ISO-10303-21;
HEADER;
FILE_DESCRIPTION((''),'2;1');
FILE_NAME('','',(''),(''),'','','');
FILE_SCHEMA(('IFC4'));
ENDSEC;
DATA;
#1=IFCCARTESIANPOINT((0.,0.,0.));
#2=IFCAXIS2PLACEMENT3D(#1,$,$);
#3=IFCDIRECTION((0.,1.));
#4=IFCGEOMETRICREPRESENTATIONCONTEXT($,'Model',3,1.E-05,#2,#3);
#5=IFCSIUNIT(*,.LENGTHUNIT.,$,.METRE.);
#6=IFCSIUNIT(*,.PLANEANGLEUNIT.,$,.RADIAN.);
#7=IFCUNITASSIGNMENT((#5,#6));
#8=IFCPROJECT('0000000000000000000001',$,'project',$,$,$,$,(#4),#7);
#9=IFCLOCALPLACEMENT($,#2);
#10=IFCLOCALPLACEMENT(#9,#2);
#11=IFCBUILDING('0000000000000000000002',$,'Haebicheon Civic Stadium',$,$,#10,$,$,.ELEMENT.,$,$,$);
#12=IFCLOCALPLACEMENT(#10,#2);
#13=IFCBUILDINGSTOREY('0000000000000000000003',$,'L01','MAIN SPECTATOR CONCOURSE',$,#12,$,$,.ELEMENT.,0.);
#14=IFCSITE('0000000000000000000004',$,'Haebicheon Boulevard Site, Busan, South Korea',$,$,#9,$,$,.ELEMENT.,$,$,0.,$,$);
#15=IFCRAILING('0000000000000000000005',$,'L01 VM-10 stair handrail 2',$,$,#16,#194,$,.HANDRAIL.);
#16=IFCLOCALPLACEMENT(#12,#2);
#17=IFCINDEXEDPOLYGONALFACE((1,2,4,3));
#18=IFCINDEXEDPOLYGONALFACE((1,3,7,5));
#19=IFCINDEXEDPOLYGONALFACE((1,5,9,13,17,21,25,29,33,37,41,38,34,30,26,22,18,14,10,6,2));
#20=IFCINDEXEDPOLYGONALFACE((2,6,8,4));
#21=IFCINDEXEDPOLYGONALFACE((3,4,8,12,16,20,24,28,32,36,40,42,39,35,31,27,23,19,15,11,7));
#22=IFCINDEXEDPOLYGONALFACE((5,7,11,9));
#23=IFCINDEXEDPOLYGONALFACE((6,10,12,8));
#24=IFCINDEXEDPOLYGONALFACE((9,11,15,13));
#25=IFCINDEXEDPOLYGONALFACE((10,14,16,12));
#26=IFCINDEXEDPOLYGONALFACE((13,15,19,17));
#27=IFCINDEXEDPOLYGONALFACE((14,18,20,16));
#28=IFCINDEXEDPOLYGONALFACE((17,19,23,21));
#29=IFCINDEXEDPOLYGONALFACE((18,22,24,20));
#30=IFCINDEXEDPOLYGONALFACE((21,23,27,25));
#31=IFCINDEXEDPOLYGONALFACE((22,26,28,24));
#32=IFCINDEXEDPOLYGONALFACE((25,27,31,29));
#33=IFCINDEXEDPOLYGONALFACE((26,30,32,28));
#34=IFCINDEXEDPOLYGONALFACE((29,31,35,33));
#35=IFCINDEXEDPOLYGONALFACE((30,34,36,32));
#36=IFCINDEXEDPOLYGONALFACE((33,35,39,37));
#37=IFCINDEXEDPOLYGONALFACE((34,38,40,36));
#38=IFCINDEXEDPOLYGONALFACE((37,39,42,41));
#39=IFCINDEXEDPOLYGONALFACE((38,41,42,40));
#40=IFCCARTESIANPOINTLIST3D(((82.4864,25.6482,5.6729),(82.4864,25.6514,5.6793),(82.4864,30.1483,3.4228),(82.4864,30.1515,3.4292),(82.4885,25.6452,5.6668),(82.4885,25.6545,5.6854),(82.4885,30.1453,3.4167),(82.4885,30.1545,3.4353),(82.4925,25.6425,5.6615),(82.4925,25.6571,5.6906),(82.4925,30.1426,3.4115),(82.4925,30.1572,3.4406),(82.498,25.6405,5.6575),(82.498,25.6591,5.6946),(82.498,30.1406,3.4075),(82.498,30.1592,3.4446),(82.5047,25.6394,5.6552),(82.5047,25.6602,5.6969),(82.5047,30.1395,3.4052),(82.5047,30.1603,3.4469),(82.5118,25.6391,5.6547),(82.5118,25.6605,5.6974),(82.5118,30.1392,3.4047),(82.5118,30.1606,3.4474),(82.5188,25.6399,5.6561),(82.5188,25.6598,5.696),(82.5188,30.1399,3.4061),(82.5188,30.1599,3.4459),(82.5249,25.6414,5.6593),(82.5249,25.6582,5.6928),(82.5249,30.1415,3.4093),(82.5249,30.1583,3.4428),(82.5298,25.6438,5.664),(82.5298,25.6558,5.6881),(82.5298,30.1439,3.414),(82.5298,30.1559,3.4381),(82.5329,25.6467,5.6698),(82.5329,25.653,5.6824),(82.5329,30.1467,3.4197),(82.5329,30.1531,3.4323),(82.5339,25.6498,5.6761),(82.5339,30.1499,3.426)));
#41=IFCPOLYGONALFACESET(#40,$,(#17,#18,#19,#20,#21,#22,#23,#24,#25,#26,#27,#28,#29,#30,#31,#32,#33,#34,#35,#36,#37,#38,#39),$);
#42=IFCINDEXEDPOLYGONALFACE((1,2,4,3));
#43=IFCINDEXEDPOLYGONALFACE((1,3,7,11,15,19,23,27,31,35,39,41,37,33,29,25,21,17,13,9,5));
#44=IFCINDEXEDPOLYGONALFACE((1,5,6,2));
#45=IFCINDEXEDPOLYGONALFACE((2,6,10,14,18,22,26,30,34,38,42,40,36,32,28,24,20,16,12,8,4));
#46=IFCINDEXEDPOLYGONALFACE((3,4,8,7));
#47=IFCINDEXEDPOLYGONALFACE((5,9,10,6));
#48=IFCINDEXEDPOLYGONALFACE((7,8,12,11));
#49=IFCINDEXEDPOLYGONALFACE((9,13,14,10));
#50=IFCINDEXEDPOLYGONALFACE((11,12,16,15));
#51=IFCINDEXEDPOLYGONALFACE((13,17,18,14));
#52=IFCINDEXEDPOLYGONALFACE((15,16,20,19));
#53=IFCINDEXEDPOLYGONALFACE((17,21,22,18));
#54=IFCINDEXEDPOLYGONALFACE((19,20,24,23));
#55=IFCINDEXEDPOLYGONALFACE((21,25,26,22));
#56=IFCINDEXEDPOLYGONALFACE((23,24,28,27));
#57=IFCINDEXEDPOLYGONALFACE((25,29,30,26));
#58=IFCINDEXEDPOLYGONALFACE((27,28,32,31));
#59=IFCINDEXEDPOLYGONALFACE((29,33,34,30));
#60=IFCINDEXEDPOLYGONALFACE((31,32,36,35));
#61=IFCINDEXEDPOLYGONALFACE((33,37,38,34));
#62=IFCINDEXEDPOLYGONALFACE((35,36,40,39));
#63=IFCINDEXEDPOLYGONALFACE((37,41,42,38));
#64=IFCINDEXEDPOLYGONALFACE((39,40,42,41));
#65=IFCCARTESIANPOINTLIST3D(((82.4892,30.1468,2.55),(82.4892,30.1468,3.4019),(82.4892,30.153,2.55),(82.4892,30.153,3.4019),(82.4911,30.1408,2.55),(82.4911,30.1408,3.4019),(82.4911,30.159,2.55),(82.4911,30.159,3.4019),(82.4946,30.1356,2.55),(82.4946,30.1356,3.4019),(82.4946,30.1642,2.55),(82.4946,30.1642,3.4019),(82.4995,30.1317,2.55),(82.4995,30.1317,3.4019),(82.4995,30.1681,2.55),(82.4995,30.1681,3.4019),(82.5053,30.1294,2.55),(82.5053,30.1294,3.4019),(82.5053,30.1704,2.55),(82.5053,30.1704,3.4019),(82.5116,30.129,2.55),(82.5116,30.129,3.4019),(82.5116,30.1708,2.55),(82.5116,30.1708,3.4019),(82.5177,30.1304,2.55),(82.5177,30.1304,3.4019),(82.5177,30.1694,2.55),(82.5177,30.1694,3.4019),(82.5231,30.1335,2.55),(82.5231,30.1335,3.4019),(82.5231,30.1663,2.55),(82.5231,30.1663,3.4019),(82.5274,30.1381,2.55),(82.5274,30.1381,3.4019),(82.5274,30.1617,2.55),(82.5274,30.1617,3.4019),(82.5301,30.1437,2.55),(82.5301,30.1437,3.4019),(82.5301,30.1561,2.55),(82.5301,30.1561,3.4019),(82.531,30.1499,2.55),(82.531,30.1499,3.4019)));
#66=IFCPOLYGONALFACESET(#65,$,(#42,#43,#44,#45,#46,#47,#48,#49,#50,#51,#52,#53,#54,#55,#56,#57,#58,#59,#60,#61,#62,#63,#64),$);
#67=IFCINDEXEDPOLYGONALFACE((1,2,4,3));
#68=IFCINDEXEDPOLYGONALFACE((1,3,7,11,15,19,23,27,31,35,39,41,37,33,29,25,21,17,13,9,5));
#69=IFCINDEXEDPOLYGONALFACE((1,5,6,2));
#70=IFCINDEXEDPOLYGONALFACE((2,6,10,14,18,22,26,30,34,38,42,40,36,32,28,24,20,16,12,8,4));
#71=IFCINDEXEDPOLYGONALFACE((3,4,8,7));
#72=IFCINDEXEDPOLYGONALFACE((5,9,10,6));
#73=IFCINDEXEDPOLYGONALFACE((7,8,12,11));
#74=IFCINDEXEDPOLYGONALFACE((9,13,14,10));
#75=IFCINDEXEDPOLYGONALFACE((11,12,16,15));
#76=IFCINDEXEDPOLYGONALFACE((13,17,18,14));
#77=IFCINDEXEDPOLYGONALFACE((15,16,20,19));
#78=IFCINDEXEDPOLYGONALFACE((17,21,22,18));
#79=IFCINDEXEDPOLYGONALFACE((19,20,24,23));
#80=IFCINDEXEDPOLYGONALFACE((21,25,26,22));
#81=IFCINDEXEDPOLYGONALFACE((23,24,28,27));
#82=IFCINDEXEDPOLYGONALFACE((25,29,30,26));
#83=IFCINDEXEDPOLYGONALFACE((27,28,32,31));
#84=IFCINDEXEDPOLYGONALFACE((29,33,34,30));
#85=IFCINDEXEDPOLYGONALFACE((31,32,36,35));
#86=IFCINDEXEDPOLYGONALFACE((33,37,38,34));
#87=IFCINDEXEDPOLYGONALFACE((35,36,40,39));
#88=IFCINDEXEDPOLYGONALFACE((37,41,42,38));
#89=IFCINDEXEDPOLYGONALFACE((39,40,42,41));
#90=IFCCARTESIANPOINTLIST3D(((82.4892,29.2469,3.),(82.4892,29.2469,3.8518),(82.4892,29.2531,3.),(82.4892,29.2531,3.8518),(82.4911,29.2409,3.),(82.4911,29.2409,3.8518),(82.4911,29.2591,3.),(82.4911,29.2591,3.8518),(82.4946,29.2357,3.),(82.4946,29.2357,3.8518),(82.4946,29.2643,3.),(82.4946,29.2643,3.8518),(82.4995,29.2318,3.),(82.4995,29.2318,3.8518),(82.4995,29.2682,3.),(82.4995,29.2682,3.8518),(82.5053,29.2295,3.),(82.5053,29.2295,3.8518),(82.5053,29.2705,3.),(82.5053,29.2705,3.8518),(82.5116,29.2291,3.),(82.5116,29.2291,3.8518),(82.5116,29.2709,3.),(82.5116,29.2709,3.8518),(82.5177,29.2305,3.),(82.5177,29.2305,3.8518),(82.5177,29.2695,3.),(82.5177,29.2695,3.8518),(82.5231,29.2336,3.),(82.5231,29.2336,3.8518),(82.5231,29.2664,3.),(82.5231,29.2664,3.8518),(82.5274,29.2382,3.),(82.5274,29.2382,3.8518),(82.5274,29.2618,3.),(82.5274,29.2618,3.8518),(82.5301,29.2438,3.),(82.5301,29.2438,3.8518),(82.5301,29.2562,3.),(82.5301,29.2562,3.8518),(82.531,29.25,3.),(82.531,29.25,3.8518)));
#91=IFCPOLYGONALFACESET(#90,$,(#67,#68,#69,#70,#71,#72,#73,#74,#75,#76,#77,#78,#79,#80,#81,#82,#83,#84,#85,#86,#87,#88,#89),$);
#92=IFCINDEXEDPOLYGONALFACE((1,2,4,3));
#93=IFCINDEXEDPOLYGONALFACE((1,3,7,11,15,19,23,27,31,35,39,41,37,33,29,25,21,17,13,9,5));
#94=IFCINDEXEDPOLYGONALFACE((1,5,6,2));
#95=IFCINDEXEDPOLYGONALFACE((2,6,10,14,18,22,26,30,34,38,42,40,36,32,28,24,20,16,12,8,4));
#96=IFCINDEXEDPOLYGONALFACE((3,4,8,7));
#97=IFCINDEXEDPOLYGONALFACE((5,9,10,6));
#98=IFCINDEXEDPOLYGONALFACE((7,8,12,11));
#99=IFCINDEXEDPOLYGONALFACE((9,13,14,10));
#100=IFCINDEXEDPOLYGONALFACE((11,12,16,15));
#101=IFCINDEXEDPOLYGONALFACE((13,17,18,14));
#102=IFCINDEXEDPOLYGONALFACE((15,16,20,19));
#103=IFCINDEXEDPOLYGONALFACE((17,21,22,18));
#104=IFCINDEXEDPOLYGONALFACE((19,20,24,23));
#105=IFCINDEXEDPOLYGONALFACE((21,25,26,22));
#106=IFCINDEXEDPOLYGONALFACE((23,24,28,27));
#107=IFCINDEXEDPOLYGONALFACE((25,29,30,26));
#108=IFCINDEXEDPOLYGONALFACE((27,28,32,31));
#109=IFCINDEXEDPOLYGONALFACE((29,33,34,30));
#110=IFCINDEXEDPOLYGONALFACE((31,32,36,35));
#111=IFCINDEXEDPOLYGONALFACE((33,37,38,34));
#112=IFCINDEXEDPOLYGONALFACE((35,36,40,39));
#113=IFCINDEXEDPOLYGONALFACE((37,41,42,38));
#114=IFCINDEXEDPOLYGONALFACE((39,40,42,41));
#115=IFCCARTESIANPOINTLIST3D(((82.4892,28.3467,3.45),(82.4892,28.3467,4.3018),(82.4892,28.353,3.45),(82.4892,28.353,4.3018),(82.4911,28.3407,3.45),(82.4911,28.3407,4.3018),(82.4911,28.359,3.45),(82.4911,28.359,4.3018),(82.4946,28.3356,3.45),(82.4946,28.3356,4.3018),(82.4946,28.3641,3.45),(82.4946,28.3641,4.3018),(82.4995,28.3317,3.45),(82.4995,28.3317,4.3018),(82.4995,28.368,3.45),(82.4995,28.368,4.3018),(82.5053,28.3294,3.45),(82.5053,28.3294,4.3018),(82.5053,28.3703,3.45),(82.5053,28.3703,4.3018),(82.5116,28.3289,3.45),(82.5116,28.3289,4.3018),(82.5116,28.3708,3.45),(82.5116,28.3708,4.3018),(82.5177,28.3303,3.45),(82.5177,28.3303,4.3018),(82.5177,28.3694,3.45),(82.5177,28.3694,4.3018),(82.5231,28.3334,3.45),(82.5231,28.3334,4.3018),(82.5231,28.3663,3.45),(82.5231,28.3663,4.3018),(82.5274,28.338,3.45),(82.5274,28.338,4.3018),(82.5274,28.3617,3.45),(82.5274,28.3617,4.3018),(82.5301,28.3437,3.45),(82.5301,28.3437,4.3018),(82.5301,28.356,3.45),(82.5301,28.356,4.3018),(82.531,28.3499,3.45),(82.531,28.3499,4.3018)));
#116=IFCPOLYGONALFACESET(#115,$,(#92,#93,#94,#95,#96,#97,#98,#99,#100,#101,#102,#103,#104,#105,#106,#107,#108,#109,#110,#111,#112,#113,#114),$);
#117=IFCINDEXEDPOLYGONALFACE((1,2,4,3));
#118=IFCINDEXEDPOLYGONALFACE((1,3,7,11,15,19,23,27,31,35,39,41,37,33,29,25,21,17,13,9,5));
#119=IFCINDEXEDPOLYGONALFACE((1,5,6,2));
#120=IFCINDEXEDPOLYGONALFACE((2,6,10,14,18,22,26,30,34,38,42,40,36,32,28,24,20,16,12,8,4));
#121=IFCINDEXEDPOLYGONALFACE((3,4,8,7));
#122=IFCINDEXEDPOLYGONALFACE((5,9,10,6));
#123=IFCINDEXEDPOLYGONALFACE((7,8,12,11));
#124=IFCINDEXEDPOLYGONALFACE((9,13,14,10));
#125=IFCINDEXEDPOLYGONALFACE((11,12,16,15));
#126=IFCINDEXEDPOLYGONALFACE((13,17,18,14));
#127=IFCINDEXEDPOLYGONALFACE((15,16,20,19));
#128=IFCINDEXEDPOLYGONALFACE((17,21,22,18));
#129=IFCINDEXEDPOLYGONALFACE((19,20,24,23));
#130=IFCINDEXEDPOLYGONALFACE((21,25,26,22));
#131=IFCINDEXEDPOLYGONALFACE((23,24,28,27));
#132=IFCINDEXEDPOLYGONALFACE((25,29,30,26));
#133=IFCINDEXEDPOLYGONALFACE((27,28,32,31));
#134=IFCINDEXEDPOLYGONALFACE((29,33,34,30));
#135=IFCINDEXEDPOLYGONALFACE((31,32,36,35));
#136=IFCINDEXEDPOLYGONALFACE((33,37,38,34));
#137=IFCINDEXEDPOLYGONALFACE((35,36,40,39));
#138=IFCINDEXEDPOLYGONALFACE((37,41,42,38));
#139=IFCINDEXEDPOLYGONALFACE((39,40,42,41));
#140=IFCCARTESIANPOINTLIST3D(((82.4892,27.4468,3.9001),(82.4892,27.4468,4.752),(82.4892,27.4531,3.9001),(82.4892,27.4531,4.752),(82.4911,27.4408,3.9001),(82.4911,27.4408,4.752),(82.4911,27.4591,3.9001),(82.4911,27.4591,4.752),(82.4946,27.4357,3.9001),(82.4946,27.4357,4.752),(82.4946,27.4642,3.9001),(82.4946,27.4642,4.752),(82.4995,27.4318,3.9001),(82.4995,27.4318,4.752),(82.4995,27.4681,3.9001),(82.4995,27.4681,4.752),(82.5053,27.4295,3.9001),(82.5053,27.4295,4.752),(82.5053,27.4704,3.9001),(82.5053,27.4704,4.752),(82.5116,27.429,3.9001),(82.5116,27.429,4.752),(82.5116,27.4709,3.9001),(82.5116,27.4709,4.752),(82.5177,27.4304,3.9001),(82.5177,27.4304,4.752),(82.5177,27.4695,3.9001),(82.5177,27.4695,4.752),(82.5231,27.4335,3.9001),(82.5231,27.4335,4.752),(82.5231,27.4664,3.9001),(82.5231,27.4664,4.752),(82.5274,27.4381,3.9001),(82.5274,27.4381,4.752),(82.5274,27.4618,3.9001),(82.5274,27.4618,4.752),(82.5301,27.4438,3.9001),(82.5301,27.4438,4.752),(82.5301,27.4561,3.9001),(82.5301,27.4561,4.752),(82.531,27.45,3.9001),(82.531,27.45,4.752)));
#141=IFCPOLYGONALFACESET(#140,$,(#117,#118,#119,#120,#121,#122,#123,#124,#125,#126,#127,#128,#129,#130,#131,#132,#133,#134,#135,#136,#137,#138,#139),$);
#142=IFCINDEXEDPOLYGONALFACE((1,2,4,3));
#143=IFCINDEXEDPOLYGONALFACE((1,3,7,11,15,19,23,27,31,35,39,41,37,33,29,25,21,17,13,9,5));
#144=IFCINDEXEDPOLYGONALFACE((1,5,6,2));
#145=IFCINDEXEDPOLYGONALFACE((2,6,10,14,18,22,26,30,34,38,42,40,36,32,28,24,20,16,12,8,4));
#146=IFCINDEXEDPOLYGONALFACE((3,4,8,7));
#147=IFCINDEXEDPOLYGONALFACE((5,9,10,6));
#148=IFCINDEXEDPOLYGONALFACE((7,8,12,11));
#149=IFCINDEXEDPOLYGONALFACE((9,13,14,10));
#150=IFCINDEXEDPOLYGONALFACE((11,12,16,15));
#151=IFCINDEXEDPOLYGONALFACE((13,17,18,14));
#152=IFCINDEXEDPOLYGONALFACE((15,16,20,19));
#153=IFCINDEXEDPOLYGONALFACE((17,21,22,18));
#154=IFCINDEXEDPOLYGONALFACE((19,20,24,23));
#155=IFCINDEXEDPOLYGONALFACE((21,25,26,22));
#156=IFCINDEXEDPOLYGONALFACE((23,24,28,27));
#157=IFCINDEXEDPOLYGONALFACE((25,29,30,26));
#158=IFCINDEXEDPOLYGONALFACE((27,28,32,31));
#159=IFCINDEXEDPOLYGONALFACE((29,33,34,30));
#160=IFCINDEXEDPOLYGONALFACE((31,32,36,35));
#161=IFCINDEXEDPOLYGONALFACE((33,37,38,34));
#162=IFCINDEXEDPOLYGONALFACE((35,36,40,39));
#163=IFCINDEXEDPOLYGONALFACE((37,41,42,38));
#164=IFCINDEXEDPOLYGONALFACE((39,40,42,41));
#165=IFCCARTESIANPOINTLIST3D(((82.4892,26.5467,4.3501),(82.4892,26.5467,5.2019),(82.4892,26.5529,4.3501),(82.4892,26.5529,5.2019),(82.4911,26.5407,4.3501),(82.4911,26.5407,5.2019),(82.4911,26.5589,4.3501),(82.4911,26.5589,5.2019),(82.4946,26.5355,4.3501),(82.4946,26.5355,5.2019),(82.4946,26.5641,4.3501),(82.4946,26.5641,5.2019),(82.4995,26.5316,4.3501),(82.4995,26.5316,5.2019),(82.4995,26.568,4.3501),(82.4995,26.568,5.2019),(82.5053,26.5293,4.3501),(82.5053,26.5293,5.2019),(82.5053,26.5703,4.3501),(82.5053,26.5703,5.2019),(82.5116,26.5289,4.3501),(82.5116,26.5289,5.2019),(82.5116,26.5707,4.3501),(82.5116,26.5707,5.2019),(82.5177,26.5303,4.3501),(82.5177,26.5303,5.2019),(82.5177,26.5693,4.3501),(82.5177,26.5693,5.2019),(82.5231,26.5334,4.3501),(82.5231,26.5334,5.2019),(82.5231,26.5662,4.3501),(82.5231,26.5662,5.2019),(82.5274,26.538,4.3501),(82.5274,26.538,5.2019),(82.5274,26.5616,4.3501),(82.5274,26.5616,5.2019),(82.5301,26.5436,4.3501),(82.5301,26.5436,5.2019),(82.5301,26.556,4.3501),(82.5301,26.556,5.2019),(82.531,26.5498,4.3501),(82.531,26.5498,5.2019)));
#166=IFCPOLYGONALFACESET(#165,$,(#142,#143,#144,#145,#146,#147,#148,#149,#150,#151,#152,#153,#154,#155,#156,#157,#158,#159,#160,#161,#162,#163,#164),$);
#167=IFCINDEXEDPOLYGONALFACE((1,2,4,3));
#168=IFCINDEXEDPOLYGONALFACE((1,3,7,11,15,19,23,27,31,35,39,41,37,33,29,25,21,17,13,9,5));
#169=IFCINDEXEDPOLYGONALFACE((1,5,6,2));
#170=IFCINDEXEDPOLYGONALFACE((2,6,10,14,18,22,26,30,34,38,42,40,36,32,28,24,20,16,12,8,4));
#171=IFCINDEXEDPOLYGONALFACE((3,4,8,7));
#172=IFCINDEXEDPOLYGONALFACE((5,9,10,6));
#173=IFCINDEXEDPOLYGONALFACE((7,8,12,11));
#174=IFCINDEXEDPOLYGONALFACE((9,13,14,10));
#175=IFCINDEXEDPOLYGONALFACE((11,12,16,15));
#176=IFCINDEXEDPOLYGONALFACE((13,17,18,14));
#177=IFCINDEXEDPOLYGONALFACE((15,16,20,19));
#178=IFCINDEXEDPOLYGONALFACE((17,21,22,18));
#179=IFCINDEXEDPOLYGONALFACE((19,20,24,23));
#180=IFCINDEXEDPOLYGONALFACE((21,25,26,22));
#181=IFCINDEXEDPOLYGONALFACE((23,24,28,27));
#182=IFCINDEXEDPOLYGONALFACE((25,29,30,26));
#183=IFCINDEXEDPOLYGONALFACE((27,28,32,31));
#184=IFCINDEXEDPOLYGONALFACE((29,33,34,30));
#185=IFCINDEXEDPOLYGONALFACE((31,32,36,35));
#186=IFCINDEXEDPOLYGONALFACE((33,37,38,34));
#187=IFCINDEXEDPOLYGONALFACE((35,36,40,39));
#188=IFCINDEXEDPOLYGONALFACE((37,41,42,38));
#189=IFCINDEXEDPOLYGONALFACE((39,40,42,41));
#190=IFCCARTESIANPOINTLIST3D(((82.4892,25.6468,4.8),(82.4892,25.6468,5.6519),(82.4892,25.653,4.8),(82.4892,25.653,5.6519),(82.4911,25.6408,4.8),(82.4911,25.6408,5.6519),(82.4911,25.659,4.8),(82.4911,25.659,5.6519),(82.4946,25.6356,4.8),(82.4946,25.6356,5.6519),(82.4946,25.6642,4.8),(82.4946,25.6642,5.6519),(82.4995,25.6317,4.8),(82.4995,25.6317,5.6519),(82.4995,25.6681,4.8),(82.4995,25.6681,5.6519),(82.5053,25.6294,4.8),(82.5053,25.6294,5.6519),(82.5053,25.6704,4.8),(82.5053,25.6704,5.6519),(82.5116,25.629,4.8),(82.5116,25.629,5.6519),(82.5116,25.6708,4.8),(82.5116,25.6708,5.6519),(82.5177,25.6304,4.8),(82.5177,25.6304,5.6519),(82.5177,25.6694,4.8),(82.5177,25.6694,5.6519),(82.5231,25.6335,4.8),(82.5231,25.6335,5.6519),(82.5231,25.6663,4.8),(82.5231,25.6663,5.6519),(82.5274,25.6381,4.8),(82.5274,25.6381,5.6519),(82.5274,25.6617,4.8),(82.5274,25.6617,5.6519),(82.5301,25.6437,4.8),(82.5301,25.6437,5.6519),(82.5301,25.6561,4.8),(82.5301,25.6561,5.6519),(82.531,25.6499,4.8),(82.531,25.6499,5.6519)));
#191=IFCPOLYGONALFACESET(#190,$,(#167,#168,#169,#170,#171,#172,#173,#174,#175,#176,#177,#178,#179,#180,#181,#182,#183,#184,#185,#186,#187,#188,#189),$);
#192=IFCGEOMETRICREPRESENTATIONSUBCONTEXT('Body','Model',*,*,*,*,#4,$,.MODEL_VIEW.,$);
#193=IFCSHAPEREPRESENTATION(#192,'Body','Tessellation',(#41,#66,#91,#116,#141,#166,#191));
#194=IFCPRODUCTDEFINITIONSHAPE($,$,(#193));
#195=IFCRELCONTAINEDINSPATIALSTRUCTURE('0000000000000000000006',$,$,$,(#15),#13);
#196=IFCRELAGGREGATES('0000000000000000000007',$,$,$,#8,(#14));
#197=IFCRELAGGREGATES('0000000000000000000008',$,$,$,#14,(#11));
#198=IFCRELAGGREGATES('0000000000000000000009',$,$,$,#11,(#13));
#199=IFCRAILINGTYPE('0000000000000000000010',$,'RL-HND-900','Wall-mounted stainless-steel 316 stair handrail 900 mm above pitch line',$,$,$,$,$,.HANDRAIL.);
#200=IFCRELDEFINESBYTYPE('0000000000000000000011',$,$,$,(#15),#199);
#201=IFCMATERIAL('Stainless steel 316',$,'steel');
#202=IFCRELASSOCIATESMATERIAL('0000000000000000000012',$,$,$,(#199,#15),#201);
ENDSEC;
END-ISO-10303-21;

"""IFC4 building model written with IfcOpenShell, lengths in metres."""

from ifc_helpers import new_model, si_unit, direction, frame, origin, origin_2d, place, context, subcontext, project, spatial, circle, extrude, material, type_object, element, save


model = new_model("IFC4")

# Units and contexts
model_context = context("Model", 3, precision=1e-05, world=origin(), true_north=direction((0.0, 1.0)))
body_context = subcontext(model_context, "Body", "Model", "MODEL_VIEW")
ifc_project = project(units=[si_unit("LENGTHUNIT", "METRE"), si_unit("PLANEANGLEUNIT", "RADIAN")], contexts=[model_context])

# Site, building, storey
site_placement = place(None, origin())
site = spatial("IfcSite", under=ifc_project, at=site_placement, Name="Haebicheon Boulevard Site, Busan, South Korea", CompositionType="ELEMENT", RefElevation=0.0)
building_placement = place(site_placement, origin())
building = spatial("IfcBuilding", under=site, at=building_placement, Name="Haebicheon Civic Stadium", CompositionType="ELEMENT")
storey_placement = place(building_placement, origin())
storey = spatial("IfcBuildingStorey", under=building, at=storey_placement, Name="L01", Description="MAIN SPECTATOR CONCOURSE", CompositionType="ELEMENT", Elevation=0.0)

# Railing
ifc_material_1 = material(Name="Stainless steel 316", Category="steel")
railing_type_1 = type_object("IfcRailingType", Name="RL-HND-900", Description="Wall-mounted stainless-steel 316 stair handrail 900 mm above pitch line", PredefinedType="HANDRAIL", material=ifc_material_1)
railing_1_placement = place(storey_placement, frame((82.51, 30.1499, 2.55)))
element("IfcRailing", 1, at=railing_1_placement, inside=storey, type_object=railing_type_1, material=ifc_material_1, Name="L01 VM-10 stair handrail 2", PredefinedType="HANDRAIL", context=body_context, shape_type="SweptSolid", body=[
    extrude(circle(Radius=0.0239, at=origin_2d()), frame((0.0, 0.0, 0.876), z_axis=(0.0, -0.894427, 0.447214), x_axis=(1.0, 0.0, 0.0)), (0.0, 0.0, 1.0), 5.0312),
    extrude(circle(Radius=0.021, at=origin_2d()), origin(), (0.0, 0.0, 1.0), 0.8518),
    extrude(circle(Radius=0.021, at=origin_2d()), frame((0.0, -0.8999, 0.45)), (0.0, 0.0, 1.0), 0.8518),
    extrude(circle(Radius=0.021, at=origin_2d()), frame((0.0, -1.8, 0.8999)), (0.0, 0.0, 1.0), 0.8518),
    extrude(circle(Radius=0.021, at=origin_2d()), frame((0.0, -2.7, 1.3501)), (0.0, 0.0, 1.0), 0.8518),
    extrude(circle(Radius=0.021, at=origin_2d()), frame((0.0, -3.6001, 1.8)), (0.0, 0.0, 1.0), 0.8518),
    extrude(circle(Radius=0.021, at=origin_2d()), frame((0.0, -4.5, 2.25)), (0.0, 0.0, 1.0), 0.8518),
])

save(model, "model.ifc")
